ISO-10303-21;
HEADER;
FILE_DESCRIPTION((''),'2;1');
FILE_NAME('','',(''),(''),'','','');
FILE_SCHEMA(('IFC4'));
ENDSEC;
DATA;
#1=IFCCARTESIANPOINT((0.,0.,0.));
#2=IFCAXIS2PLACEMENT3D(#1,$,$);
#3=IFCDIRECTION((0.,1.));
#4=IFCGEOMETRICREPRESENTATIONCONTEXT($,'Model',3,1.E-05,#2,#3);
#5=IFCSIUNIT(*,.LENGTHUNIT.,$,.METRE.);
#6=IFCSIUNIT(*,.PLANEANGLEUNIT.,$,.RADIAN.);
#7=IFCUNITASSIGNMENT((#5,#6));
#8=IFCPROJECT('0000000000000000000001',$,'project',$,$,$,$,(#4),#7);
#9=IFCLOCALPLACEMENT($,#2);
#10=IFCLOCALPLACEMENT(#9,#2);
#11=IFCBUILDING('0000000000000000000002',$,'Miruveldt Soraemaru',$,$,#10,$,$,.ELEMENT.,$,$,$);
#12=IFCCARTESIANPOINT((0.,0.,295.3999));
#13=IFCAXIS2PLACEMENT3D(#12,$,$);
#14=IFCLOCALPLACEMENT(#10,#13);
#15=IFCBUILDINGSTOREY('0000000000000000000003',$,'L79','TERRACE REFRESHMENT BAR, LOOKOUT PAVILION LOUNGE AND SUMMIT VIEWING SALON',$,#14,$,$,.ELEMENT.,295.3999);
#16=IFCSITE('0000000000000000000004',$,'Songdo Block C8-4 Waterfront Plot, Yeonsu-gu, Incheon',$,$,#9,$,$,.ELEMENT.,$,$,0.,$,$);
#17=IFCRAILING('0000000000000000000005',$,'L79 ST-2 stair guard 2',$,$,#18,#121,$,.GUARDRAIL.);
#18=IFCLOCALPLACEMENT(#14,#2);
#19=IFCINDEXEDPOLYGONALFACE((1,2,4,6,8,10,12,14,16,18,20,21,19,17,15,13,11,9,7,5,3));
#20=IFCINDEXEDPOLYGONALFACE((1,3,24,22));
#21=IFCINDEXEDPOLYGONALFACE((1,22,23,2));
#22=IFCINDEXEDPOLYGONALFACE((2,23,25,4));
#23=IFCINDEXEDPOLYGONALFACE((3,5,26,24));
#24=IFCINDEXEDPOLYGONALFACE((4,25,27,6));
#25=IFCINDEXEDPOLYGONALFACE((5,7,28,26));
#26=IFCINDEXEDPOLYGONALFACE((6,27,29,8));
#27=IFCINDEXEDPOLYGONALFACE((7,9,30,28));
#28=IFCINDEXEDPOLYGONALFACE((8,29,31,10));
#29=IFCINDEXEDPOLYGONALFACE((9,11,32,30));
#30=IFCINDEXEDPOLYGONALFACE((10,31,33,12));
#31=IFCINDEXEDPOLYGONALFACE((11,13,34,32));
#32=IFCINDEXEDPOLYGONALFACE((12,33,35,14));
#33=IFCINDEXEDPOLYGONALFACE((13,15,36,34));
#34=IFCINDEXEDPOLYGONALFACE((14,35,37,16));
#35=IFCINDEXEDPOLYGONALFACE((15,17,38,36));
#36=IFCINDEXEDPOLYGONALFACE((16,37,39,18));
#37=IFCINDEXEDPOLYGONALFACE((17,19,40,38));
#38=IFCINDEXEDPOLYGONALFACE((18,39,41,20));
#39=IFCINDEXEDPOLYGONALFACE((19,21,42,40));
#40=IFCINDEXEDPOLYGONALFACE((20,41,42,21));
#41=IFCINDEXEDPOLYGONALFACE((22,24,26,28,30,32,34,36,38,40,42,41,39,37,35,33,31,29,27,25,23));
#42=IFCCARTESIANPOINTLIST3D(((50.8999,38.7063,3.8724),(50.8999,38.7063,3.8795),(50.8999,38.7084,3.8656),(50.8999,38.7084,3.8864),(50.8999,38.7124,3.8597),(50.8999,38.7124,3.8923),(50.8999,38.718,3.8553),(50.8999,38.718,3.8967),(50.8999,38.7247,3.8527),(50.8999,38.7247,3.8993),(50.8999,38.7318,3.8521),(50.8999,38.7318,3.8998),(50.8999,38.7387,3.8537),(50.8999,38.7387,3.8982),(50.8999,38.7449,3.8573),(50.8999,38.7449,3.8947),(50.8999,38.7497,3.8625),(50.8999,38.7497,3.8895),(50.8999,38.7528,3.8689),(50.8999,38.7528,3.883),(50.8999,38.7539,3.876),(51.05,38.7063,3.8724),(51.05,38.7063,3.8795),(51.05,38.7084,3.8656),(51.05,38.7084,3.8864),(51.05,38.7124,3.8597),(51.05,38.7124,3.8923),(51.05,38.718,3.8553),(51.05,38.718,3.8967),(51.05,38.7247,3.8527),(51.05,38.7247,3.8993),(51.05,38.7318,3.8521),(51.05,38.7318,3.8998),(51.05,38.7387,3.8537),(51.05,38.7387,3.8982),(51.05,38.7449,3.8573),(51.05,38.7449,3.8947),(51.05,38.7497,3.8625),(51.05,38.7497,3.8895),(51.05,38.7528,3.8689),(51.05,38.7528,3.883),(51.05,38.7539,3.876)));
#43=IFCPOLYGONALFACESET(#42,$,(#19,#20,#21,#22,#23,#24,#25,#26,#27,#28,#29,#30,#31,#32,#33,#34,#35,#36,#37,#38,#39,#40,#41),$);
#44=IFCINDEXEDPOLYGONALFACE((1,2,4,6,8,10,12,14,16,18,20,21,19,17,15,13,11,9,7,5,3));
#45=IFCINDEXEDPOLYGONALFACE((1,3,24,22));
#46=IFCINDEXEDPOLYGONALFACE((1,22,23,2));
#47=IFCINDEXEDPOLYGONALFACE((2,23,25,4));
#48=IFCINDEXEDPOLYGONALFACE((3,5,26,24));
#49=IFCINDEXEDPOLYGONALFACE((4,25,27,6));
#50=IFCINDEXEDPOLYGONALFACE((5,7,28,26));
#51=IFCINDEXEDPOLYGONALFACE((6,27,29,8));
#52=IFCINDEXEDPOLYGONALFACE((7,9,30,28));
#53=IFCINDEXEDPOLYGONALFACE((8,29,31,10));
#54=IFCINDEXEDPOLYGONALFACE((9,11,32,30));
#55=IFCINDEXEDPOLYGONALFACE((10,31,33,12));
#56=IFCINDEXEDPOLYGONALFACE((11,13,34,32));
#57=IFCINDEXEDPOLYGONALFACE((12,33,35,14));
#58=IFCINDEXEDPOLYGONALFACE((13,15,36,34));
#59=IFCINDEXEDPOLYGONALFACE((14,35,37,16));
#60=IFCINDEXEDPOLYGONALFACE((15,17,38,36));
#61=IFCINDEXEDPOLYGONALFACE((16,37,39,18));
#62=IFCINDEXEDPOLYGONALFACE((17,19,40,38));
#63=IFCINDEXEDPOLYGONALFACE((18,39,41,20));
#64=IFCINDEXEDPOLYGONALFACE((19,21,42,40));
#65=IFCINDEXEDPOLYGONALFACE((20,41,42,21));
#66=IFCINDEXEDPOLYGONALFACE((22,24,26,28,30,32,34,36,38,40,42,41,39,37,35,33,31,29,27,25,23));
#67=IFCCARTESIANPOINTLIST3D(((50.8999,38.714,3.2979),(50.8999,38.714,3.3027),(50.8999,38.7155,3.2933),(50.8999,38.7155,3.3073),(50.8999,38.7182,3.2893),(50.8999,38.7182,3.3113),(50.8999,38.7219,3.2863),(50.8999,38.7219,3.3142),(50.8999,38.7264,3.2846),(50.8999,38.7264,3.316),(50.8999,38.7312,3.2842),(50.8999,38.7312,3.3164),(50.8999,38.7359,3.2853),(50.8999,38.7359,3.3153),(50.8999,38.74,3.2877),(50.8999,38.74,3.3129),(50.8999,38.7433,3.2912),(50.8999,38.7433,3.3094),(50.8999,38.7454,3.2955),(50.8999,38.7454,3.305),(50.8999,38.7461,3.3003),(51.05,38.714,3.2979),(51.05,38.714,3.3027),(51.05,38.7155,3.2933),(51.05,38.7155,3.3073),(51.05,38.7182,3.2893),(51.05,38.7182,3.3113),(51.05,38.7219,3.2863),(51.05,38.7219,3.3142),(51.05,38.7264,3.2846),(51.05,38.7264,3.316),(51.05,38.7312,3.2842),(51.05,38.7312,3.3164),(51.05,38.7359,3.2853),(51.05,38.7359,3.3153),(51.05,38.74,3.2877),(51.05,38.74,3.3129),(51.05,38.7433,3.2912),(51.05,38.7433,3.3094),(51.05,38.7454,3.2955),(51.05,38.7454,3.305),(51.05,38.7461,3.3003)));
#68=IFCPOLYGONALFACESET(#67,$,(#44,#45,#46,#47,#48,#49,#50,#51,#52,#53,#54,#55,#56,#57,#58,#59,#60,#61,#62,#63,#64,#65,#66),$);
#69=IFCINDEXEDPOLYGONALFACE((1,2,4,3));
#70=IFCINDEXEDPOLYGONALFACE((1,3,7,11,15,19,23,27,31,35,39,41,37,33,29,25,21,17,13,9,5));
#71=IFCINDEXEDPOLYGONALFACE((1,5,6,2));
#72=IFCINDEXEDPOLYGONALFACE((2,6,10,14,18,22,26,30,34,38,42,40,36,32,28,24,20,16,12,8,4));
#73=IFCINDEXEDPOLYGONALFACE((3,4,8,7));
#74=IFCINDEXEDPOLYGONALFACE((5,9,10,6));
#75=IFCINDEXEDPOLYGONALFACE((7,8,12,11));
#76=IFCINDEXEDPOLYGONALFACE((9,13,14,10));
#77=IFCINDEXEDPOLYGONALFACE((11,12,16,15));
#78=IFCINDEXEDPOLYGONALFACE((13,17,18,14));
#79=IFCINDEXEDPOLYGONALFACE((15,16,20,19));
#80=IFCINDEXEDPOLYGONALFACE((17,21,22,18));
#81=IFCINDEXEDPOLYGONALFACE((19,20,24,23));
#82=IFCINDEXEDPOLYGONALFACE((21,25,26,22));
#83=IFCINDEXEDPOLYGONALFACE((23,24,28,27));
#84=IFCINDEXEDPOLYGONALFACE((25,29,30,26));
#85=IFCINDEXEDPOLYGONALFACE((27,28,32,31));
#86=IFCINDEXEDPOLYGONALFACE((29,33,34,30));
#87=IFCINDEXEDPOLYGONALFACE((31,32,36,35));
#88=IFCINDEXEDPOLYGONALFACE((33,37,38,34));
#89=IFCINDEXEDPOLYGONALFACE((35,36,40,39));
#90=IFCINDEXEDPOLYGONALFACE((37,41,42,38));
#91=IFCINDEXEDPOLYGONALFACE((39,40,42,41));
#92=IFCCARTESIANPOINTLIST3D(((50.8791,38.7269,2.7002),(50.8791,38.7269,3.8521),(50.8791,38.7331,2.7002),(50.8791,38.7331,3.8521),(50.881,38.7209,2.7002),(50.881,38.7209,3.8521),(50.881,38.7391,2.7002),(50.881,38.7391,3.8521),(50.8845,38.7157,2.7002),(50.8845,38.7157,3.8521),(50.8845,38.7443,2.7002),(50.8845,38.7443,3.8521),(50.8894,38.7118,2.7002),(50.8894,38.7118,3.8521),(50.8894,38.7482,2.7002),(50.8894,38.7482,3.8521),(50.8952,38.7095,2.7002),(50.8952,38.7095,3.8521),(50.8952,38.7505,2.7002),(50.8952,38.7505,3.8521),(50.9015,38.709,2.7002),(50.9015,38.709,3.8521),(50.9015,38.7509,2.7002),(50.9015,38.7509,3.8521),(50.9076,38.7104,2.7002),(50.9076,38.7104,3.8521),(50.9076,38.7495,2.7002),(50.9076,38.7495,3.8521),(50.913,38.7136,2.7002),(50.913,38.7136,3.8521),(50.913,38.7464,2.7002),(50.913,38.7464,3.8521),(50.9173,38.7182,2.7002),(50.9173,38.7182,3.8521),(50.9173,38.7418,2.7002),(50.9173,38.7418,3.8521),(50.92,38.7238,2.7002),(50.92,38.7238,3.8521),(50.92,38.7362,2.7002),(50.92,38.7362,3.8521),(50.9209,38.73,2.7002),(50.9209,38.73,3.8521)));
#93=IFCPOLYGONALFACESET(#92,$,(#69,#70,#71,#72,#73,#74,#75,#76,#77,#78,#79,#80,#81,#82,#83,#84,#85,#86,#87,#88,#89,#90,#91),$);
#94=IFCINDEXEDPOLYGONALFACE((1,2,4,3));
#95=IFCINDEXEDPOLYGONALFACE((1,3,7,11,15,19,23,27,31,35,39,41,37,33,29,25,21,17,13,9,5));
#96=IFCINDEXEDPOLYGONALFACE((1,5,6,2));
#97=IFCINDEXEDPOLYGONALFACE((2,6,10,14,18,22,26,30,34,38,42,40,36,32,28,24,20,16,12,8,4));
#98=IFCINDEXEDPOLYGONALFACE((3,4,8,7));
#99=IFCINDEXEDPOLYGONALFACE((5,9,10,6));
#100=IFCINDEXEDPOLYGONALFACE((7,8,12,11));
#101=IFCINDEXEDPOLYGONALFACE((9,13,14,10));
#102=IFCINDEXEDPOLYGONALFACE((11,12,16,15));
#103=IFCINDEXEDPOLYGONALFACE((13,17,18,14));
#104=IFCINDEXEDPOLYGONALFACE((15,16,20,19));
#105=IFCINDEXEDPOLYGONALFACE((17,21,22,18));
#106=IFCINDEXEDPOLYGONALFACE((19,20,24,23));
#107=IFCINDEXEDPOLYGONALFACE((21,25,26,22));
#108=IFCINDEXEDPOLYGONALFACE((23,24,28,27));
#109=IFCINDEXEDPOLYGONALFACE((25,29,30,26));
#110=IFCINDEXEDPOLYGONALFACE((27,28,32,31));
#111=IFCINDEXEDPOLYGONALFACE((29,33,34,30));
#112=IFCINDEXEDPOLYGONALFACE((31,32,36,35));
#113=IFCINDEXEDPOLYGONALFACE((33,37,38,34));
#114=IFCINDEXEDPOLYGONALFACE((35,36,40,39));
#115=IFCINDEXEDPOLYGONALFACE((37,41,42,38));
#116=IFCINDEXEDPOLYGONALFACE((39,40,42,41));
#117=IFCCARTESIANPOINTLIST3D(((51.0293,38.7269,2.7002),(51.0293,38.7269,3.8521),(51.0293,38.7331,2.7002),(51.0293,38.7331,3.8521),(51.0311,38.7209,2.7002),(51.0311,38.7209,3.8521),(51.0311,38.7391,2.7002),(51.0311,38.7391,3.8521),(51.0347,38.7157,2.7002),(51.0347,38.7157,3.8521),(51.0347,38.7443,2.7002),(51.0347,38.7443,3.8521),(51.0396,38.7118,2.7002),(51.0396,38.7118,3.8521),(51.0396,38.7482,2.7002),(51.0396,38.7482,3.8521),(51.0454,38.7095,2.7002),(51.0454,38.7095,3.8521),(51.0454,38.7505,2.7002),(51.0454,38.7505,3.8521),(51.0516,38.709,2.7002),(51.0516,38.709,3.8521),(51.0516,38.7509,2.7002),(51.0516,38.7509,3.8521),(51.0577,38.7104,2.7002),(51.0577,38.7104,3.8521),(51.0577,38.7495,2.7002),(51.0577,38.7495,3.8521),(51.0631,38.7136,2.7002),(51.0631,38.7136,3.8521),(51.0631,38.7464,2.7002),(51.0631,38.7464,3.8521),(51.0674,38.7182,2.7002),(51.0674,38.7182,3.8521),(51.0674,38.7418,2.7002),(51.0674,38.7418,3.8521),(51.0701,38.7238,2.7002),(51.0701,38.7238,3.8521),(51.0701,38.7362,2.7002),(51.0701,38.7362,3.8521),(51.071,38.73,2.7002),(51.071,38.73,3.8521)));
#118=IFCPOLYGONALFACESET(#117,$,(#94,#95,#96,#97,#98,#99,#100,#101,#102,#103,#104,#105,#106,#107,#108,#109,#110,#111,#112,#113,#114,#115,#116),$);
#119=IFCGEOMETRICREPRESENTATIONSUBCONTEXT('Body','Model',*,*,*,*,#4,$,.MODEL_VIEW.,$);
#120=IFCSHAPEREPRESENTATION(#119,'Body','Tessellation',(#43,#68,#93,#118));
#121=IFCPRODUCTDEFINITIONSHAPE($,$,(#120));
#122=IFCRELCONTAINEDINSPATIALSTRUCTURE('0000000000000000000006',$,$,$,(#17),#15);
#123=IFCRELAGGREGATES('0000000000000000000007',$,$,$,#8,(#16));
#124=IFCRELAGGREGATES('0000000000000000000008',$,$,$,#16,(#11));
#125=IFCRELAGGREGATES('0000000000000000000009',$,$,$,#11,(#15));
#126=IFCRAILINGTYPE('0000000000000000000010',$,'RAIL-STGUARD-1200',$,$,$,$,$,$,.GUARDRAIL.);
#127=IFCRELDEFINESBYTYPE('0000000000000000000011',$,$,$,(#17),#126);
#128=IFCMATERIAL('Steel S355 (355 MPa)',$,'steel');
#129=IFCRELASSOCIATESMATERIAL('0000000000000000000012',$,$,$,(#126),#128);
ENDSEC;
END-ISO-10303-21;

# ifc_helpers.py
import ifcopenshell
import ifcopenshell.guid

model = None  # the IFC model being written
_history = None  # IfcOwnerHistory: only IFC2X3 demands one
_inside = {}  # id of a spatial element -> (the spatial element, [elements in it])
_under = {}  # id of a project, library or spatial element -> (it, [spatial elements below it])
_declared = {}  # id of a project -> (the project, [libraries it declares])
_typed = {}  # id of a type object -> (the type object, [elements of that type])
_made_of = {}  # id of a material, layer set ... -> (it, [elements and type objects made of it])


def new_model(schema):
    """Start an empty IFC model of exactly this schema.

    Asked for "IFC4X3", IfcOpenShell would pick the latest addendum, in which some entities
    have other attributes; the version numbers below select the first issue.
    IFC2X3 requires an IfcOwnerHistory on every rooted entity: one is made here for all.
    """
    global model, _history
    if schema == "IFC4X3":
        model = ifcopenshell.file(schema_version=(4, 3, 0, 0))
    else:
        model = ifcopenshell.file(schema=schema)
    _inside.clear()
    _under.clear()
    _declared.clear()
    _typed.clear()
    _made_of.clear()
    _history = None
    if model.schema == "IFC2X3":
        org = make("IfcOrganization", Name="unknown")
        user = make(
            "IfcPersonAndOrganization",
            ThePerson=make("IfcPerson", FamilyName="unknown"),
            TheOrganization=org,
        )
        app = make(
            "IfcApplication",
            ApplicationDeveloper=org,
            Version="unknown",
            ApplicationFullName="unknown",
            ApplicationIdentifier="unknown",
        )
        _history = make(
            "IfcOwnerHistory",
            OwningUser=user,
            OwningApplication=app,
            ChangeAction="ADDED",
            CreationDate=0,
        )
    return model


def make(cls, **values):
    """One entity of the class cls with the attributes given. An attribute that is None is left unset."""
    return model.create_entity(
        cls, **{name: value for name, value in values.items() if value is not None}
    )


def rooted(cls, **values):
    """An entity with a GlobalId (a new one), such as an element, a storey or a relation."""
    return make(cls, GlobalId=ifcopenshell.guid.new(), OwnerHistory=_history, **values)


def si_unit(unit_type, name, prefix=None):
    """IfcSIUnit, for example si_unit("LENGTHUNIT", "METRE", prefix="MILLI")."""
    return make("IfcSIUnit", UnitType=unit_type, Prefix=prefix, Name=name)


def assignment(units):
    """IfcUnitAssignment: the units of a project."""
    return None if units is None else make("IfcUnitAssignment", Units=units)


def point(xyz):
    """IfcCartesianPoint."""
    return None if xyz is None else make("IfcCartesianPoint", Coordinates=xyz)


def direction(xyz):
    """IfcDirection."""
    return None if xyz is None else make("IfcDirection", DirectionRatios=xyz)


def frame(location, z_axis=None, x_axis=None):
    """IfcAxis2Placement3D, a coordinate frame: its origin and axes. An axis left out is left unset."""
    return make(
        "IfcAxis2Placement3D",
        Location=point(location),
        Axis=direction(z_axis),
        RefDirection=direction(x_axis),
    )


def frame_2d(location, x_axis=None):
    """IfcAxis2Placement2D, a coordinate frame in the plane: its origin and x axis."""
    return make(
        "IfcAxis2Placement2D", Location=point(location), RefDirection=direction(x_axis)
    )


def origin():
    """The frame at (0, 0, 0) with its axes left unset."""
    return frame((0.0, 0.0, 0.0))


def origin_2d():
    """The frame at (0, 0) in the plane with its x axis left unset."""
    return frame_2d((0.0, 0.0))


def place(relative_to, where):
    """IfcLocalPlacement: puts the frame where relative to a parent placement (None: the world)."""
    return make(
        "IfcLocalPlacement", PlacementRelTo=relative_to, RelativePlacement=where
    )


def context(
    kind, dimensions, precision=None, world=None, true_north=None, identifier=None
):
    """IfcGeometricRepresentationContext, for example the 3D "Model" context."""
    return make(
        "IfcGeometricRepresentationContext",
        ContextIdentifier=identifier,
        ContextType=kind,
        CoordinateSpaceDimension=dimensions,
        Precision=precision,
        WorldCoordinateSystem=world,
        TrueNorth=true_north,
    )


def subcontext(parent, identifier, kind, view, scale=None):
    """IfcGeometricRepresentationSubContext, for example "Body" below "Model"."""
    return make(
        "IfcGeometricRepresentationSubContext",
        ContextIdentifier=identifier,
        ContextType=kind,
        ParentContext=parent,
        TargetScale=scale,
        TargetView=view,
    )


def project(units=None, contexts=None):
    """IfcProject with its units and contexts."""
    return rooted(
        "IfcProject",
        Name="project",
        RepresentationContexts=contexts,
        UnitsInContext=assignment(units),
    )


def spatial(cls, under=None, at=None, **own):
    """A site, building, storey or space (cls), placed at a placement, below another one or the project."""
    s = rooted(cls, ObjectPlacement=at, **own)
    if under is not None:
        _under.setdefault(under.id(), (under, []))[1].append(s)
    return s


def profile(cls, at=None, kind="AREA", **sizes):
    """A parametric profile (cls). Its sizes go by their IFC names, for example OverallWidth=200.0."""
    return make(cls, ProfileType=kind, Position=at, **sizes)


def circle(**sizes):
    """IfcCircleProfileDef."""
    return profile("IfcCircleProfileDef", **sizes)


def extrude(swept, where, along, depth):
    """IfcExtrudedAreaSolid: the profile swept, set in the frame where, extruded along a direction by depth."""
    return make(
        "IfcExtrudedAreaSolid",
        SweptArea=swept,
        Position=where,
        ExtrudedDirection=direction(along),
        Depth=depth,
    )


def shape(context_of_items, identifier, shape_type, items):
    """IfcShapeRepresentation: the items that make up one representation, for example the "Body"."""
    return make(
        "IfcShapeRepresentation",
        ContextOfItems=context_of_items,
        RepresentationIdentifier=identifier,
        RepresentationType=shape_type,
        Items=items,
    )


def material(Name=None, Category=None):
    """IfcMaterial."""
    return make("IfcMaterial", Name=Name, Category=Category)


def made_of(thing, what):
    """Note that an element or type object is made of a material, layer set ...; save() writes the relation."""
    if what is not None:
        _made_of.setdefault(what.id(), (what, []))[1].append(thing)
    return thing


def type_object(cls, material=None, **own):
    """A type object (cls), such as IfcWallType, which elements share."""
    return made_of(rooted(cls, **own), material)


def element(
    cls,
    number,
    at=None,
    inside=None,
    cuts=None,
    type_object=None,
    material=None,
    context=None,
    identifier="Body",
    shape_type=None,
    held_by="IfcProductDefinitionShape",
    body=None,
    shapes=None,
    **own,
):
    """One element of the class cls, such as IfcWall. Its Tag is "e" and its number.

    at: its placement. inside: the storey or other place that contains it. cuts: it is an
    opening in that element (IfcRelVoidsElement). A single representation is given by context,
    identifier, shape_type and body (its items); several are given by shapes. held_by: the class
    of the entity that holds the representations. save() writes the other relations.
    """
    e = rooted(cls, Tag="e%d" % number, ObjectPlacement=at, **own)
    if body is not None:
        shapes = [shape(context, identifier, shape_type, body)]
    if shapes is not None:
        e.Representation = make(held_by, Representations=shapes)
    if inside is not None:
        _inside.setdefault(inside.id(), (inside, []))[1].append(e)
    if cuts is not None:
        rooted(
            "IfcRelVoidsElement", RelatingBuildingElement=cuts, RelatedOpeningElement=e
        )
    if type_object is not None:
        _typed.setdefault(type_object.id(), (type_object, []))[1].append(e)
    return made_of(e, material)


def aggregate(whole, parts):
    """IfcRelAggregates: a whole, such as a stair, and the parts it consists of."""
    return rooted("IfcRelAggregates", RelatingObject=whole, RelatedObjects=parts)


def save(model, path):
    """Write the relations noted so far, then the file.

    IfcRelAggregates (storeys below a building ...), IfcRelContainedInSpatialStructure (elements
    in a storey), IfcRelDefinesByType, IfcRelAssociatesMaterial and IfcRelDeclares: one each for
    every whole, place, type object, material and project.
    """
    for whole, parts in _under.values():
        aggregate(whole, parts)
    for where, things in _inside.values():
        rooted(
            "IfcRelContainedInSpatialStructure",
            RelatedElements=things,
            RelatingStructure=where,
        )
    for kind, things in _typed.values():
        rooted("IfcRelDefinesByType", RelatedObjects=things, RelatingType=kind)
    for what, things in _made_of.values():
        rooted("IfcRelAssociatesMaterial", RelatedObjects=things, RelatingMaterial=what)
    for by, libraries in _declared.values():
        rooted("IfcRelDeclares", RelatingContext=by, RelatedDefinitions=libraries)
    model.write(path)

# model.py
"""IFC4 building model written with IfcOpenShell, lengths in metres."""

from ifc_helpers import new_model, si_unit, direction, frame, origin, origin_2d, place, context, subcontext, project, spatial, circle, extrude, material, type_object, element, save


model = new_model("IFC4")

# Units and contexts
model_context = context("Model", 3, precision=1e-05, world=origin(), true_north=direction((0.0, 1.0)))
body_context = subcontext(model_context, "Body", "Model", "MODEL_VIEW")
ifc_project = project(units=[si_unit("LENGTHUNIT", "METRE"), si_unit("PLANEANGLEUNIT", "RADIAN")], contexts=[model_context])

# Site, building, storey
site_placement = place(None, origin())
site = spatial("IfcSite", under=ifc_project, at=site_placement, Name="Songdo Block C8-4 Waterfront Plot, Yeonsu-gu, Incheon", CompositionType="ELEMENT", RefElevation=0.0)
building_placement = place(site_placement, origin())
building = spatial("IfcBuilding", under=site, at=building_placement, Name="Miruveldt Soraemaru", CompositionType="ELEMENT")
storey_placement = place(building_placement, frame((0.0, 0.0, 295.3999)))
storey = spatial("IfcBuildingStorey", under=building, at=storey_placement, Name="L79", Description="TERRACE REFRESHMENT BAR, LOOKOUT PAVILION LOUNGE AND SUMMIT VIEWING SALON", CompositionType="ELEMENT", Elevation=295.3999)

# Railing
ifc_material_1 = material(Name="Steel S355 (355 MPa)", Category="steel")
railing_type = type_object("IfcRailingType", Name="RAIL-STGUARD-1200", PredefinedType="GUARDRAIL", material=ifc_material_1)
railing_placement = place(storey_placement, frame((50.8999, 38.73, 2.7002)))
element("IfcRailing", 1, at=railing_placement, inside=storey, type_object=railing_type, Name="L79 ST-2 stair guard 2", PredefinedType="GUARDRAIL", context=body_context, shape_type="SweptSolid", body=[
    extrude(circle(Radius=0.0239, at=origin_2d()), frame((0.0, 0.0, 1.1758), z_axis=(1.0, 0.0, 0.0), x_axis=(0.0, 1.0, 0.0)), (0.0, 0.0, 1.0), 0.1501),
    extrude(circle(Radius=0.0161, at=origin_2d()), frame((0.0, 0.0, 0.6001), z_axis=(1.0, 0.0, 0.0), x_axis=(0.0, 1.0, 0.0)), (0.0, 0.0, 1.0), 0.1501),
    extrude(circle(Radius=0.021, at=origin_2d()), origin(), (0.0, 0.0, 1.0), 1.1519),
    extrude(circle(Radius=0.021, at=origin_2d()), frame((0.1501, 0.0, 0.0)), (0.0, 0.0, 1.0), 1.1519),
])

save(model, "model.ifc")
